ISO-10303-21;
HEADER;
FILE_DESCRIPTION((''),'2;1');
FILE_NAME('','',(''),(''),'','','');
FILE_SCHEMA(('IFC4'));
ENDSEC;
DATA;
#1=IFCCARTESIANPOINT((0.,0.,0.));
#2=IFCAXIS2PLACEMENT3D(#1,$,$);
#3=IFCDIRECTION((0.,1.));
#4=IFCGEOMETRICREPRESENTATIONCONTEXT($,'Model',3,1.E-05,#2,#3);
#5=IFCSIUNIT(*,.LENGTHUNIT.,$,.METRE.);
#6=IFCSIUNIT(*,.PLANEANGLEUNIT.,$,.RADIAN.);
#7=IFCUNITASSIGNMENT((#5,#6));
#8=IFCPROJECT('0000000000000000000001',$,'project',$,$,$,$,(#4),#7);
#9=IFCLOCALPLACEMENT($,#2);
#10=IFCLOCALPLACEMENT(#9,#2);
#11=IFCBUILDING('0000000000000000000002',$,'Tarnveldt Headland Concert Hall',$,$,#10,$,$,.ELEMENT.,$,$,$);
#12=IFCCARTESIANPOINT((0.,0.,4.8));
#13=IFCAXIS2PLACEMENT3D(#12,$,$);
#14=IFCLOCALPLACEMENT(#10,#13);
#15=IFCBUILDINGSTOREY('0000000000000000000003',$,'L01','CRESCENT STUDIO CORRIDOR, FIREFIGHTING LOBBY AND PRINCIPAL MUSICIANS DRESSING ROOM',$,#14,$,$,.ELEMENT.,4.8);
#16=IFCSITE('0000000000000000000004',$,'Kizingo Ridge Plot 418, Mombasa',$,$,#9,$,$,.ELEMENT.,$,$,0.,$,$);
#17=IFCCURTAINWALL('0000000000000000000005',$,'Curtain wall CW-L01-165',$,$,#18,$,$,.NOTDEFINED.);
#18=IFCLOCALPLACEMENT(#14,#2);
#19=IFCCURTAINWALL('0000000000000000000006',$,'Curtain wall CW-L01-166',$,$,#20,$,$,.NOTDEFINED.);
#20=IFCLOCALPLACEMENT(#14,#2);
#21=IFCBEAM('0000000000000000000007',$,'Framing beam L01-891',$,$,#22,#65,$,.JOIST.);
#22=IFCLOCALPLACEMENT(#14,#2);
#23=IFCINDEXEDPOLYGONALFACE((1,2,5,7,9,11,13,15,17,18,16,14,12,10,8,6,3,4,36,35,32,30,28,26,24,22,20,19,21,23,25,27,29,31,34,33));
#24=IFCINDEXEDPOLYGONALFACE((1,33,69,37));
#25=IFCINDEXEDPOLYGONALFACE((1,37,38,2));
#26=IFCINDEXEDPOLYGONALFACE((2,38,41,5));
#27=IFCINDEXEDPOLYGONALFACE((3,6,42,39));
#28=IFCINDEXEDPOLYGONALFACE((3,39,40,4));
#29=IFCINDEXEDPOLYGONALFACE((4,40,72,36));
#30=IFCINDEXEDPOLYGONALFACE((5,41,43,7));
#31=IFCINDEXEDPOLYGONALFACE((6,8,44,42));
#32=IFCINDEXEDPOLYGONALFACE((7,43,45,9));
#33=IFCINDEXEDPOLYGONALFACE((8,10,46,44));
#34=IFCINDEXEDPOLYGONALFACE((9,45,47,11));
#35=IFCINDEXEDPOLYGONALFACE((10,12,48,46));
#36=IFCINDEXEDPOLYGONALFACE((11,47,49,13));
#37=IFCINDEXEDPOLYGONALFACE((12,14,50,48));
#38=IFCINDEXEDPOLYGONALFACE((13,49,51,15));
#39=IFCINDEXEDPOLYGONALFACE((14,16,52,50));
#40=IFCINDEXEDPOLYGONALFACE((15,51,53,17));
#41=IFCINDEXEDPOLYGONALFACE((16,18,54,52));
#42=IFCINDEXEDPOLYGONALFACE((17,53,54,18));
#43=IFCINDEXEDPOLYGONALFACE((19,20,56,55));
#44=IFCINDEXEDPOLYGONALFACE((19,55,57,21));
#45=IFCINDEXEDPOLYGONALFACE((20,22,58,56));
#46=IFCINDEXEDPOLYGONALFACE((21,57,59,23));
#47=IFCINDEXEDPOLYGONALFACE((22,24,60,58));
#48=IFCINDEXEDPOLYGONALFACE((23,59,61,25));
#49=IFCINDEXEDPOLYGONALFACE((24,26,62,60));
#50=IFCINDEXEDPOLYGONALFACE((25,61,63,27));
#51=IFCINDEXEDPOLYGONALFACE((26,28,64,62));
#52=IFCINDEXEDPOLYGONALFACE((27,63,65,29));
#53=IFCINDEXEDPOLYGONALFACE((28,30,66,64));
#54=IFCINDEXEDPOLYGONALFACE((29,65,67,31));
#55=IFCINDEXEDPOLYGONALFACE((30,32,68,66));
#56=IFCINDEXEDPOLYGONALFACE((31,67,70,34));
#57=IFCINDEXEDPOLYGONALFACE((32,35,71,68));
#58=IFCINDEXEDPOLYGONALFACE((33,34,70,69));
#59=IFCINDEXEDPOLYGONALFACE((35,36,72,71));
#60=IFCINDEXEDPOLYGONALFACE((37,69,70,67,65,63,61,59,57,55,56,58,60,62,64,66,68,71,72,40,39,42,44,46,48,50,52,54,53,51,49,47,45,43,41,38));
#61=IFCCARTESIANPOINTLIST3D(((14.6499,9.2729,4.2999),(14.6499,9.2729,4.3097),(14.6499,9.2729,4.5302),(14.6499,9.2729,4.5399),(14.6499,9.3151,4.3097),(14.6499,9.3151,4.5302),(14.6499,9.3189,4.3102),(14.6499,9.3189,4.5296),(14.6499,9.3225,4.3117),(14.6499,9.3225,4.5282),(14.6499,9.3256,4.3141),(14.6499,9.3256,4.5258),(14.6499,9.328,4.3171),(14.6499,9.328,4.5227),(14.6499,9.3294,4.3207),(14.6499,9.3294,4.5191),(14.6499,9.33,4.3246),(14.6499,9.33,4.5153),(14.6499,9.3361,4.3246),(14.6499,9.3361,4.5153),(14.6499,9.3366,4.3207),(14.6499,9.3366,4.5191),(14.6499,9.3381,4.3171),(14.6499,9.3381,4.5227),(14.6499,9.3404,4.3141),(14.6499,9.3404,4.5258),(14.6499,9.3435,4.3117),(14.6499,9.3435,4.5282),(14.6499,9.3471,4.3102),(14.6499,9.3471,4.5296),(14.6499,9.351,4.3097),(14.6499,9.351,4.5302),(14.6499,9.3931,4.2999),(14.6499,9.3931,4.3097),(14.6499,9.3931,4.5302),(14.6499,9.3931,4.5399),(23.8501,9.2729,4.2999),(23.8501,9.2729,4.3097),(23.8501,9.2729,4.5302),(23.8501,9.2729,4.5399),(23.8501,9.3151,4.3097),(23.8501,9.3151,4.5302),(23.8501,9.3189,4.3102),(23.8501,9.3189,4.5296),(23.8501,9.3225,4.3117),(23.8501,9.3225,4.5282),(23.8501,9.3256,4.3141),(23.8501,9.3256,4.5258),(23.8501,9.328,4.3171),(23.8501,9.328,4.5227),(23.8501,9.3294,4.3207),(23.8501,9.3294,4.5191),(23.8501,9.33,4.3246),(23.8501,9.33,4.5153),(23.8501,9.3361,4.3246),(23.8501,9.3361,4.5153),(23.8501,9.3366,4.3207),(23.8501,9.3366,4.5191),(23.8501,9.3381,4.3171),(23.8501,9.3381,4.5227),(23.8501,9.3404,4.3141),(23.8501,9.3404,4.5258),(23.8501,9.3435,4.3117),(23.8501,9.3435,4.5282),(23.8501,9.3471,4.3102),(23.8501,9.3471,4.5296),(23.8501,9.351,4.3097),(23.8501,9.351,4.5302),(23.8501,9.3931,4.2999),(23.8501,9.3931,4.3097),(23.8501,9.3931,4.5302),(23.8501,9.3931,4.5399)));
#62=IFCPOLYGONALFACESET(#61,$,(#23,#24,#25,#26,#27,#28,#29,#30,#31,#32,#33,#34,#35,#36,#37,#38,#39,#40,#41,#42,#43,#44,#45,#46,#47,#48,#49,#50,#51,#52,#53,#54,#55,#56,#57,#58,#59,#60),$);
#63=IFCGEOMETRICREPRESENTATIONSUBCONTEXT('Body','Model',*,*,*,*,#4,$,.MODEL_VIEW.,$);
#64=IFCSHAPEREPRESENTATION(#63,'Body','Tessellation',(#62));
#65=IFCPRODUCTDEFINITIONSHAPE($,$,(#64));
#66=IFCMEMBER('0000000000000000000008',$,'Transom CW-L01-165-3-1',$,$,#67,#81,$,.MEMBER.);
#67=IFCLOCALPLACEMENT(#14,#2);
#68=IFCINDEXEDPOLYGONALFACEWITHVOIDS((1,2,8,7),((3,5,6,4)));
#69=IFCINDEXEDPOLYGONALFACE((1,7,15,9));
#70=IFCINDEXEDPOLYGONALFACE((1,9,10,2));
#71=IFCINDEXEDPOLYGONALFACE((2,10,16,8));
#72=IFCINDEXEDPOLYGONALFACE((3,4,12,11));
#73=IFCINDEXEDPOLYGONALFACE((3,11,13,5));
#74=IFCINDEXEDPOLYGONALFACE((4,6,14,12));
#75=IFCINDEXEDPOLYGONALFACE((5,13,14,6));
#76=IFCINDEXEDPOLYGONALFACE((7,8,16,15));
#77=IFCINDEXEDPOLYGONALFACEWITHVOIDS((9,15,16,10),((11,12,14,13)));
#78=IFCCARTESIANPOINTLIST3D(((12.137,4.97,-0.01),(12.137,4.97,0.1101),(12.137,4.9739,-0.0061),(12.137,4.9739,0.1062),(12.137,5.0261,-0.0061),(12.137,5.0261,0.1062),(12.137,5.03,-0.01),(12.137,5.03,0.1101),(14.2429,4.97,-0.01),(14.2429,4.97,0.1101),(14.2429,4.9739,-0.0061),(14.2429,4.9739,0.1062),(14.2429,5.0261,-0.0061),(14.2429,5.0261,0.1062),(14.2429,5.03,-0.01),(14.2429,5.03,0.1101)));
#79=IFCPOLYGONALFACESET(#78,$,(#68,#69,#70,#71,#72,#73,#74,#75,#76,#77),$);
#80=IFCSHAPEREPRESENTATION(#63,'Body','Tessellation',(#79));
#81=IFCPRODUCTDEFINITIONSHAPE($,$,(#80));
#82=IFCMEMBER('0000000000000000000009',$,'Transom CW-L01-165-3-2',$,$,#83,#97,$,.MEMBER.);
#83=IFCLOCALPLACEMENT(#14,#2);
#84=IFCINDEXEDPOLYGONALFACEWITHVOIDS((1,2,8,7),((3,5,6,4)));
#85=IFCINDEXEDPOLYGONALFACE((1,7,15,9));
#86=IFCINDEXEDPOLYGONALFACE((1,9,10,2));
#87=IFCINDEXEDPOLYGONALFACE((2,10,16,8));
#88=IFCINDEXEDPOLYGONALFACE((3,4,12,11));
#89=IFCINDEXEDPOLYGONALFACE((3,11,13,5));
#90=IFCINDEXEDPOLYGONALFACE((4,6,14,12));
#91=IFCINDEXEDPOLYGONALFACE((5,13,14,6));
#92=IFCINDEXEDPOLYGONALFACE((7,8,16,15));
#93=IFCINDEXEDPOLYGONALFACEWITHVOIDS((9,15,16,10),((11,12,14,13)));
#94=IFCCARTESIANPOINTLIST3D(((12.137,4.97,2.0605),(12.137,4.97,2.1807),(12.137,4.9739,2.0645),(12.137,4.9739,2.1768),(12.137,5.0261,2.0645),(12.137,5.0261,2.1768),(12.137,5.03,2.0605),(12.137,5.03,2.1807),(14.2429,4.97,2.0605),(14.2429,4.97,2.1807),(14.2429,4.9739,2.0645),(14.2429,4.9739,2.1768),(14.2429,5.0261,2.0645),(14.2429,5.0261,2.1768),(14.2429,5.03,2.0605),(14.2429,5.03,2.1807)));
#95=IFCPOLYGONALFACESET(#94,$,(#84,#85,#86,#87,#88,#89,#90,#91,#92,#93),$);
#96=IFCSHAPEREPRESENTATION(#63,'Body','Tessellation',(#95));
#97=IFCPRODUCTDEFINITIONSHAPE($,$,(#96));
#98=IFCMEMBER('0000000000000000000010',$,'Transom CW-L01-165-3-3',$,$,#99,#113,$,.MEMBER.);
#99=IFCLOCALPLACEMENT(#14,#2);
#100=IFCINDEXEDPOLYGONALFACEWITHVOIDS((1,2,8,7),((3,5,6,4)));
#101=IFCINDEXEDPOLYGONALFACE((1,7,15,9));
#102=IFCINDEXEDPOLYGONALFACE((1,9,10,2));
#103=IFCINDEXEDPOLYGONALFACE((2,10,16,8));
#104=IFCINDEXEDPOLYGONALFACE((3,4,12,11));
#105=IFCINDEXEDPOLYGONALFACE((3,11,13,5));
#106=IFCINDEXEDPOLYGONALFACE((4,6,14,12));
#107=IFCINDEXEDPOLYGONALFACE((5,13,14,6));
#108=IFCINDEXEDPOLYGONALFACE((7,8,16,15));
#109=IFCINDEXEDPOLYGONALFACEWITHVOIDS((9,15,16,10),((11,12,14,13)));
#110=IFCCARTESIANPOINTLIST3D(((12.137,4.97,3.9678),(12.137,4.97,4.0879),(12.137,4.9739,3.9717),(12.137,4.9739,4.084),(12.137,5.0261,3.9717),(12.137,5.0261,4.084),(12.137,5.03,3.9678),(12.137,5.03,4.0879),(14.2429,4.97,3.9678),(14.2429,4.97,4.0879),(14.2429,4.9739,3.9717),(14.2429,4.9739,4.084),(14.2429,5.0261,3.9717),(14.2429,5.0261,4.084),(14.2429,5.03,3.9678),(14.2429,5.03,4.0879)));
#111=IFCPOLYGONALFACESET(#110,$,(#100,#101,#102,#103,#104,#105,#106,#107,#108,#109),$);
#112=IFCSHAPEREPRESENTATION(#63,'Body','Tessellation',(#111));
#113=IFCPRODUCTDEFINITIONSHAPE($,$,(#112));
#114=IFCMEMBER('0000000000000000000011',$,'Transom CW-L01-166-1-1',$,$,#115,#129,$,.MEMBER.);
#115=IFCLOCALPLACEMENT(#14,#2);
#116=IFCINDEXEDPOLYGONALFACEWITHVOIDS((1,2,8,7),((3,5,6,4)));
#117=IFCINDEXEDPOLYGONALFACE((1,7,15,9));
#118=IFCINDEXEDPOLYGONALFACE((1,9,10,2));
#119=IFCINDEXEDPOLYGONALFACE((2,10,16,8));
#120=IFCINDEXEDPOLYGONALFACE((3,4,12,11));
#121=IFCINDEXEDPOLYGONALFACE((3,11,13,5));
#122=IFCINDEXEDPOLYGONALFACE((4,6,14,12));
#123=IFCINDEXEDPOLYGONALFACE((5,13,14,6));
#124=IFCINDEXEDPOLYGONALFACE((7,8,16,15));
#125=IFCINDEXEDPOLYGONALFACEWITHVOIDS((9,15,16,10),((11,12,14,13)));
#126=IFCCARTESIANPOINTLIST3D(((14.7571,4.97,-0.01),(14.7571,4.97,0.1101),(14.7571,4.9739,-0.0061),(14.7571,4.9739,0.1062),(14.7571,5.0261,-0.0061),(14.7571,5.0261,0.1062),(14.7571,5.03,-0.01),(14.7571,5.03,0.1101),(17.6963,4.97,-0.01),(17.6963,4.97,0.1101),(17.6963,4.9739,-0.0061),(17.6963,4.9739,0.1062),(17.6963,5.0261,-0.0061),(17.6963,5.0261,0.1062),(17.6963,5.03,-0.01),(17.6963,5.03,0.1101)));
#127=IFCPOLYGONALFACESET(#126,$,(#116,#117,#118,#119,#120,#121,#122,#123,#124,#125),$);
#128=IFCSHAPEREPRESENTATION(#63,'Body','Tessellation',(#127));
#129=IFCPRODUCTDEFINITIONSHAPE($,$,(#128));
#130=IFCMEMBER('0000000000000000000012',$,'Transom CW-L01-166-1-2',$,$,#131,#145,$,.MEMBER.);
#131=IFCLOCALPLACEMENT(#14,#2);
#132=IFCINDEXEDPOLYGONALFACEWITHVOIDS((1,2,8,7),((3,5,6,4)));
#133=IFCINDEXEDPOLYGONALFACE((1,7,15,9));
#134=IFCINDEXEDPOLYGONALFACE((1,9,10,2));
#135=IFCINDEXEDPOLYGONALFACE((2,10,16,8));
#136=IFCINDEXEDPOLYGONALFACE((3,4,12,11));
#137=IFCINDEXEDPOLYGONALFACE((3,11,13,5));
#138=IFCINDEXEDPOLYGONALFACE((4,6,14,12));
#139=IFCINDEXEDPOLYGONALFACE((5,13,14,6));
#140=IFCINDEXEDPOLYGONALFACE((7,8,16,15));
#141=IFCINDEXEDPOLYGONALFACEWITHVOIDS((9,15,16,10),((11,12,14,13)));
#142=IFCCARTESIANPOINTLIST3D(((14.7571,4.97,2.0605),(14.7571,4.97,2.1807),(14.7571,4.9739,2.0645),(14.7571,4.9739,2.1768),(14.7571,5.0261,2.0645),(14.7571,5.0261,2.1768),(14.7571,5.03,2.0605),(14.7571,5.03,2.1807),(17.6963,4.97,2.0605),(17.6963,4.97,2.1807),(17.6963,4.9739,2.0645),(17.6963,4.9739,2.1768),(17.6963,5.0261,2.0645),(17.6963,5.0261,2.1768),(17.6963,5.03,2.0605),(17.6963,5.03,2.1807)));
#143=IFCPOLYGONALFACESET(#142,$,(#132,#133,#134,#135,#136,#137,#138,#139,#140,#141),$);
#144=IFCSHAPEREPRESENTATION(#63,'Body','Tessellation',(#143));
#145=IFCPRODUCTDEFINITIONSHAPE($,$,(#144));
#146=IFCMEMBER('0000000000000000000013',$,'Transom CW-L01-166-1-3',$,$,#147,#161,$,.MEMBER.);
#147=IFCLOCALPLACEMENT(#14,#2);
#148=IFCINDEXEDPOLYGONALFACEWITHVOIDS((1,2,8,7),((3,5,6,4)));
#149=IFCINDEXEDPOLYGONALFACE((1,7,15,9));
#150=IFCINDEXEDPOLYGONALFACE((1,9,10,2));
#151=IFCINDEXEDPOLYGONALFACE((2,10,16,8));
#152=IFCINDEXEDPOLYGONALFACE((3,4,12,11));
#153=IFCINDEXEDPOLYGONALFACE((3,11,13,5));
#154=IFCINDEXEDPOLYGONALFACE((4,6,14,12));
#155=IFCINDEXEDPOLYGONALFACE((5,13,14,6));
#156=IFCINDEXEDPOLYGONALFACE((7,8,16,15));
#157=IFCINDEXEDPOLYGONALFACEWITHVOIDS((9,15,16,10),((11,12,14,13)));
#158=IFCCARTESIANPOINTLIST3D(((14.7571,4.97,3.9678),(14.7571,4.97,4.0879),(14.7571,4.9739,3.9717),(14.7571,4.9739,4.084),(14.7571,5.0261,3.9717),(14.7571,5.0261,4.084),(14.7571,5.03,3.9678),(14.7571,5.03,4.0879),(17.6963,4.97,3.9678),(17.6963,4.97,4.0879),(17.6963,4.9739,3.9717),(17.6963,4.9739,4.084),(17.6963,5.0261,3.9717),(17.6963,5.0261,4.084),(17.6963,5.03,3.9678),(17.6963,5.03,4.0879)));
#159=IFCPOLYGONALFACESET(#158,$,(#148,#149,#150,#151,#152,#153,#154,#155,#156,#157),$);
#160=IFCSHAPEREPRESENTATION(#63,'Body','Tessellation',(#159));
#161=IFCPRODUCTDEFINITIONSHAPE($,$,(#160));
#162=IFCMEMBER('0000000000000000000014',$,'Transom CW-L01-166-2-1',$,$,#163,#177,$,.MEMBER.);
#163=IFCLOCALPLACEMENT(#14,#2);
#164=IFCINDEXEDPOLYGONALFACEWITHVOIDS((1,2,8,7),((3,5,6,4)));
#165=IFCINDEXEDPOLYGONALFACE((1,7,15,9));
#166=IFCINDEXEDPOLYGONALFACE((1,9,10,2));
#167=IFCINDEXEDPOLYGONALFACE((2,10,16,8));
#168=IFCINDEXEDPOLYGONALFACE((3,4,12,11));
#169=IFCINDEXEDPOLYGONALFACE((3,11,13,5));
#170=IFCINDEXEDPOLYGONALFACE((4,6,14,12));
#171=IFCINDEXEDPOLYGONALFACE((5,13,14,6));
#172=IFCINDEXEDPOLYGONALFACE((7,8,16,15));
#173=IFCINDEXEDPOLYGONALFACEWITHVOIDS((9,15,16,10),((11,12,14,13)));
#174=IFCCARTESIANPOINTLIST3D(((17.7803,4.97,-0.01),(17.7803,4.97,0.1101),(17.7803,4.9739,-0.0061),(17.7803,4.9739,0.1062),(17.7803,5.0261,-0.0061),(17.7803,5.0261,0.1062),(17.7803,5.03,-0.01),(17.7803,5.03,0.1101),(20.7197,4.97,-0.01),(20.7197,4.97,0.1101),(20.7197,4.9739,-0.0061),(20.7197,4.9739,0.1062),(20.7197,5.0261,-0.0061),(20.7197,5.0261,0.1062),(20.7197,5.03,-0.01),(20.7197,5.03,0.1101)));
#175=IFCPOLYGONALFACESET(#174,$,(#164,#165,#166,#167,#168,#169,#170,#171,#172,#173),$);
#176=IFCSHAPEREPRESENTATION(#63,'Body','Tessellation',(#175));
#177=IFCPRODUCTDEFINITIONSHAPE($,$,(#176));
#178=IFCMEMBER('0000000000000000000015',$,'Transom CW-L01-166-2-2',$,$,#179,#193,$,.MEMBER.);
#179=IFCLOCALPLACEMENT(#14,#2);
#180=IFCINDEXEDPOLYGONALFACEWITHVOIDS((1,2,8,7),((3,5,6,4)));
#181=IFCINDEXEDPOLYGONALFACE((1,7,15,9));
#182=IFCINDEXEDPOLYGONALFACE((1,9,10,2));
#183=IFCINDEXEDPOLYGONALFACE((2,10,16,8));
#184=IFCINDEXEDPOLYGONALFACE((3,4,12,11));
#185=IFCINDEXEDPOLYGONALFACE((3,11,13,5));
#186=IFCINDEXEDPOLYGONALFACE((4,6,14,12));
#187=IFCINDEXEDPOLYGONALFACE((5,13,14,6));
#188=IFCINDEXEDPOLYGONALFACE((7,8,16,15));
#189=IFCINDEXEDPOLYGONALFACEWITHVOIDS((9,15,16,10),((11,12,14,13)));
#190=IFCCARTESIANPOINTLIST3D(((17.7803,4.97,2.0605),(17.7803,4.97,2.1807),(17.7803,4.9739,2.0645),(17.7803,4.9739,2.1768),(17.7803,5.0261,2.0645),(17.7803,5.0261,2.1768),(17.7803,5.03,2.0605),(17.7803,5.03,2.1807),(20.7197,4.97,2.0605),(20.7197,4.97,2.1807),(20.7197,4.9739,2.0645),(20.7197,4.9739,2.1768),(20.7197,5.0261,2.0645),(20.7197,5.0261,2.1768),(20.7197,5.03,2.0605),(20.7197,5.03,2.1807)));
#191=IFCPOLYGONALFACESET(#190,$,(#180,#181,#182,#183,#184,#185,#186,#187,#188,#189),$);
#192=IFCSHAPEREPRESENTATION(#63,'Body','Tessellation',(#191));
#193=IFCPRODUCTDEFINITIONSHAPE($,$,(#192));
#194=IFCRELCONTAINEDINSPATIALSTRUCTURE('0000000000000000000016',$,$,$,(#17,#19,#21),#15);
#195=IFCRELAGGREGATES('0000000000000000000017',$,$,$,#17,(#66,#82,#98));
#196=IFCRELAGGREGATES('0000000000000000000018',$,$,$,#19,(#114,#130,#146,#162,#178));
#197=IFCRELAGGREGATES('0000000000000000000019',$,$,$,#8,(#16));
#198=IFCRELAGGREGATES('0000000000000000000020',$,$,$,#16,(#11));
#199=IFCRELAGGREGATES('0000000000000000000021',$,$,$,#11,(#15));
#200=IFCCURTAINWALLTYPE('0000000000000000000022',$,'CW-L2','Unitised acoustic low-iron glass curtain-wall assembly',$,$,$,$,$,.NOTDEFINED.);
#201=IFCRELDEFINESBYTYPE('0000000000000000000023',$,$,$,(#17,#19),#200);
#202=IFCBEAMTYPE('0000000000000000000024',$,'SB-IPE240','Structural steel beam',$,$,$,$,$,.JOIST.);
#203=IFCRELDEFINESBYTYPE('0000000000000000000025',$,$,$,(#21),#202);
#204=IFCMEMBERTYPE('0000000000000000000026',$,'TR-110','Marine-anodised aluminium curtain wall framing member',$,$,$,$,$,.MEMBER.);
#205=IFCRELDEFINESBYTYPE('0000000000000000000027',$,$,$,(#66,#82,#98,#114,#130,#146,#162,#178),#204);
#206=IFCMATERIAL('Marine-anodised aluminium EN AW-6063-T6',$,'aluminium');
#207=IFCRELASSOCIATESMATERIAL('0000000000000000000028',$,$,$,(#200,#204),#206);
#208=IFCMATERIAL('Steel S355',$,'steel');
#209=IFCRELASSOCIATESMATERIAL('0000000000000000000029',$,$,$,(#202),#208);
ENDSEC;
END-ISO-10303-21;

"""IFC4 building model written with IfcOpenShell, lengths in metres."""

from ifc_helpers import new_model, si_unit, direction, frame, origin, origin_2d, place, context, subcontext, project, spatial, hollow_rectangle, i_section, extrude, material, material_profile, profile_set, type_object, element, aggregate, save


model = new_model("IFC4")

# Units and contexts
model_context = context("Model", 3, precision=1e-05, world=origin(), true_north=direction((0.0, 1.0)))
body_context = subcontext(model_context, "Body", "Model", "MODEL_VIEW")
ifc_project = project(units=[si_unit("LENGTHUNIT", "METRE"), si_unit("PLANEANGLEUNIT", "RADIAN")], contexts=[model_context])

# Site, building, storey
site_placement = place(None, origin())
site = spatial("IfcSite", under=ifc_project, at=site_placement, Name="Kizingo Ridge Plot 418, Mombasa", CompositionType="ELEMENT", RefElevation=0.0)
building_placement = place(site_placement, origin())
building = spatial("IfcBuilding", under=site, at=building_placement, Name="Tarnveldt Headland Concert Hall", CompositionType="ELEMENT")
storey_placement = place(building_placement, frame((0.0, 0.0, 4.8)))
storey = spatial("IfcBuildingStorey", under=building, at=storey_placement, Name="L01", Description="CRESCENT STUDIO CORRIDOR, FIREFIGHTING LOBBY AND PRINCIPAL MUSICIANS DRESSING ROOM", CompositionType="ELEMENT", Elevation=4.8)

# Shared definitions
ifc_material_1 = material(Name="Steel S355", Category="steel")

# Curtain walls
ifc_material_2 = material(Name="Marine-anodised aluminium EN AW-6063-T6", Category="aluminium")
curtain_wall_type = type_object("IfcCurtainWallType", Name="CW-L2", Description="Unitised acoustic low-iron glass curtain-wall assembly", PredefinedType="NOTDEFINED", material=ifc_material_2)
curtain_wall_1_placement = place(storey_placement, origin())
curtain_wall_1 = element("IfcCurtainWall", 1, at=curtain_wall_1_placement, inside=storey, type_object=curtain_wall_type, Name="Curtain wall CW-L01-165", PredefinedType="NOTDEFINED")
curtain_wall_2_placement = place(storey_placement, origin())
curtain_wall_2 = element("IfcCurtainWall", 2, at=curtain_wall_2_placement, inside=storey, type_object=curtain_wall_type, Name="Curtain wall CW-L01-166", PredefinedType="NOTDEFINED")

# Beam
ifc_material_profile_1 = material_profile(ifc_material_1, i_section(OverallWidth=0.1201, OverallDepth=0.24, WebThickness=0.0061, FlangeThickness=0.0098, FilletRadius=0.0149, at=origin_2d()), Name="IPE240", Category="steel")
ifc_profile_set_1 = profile_set([ifc_material_profile_1], Name="Steel S355")
beam_type_1 = type_object("IfcBeamType", Name="SB-IPE240", Description="Structural steel beam", PredefinedType="JOIST", material=ifc_profile_set_1)
for number, where, z_axis, x_axis, name in (
    (3, (14.6499, 9.333, 4.4199), (1.0, 0.0, 0.0), (0.0, 1.0, 0.0), "Framing beam L01-891"),
):
    element("IfcBeam", number, at=place(storey_placement, frame(where, z_axis=z_axis, x_axis=x_axis)), inside=storey, type_object=beam_type_1, Name=name, PredefinedType="JOIST", context=body_context, shape_type="SweptSolid", body=[
        extrude(i_section(OverallWidth=0.1201, OverallDepth=0.24, WebThickness=0.0061, FlangeThickness=0.0098, FilletRadius=0.0149, at=origin_2d()), origin(), (0.0, 0.0, 1.0), 9.2002),
    ])

# Members
ifc_material_profile_2 = material_profile(ifc_material_2, hollow_rectangle(XDim=0.0601, YDim=0.1201, WallThickness=0.0039, at=origin_2d()), Name="ALU TRANSOM 60x120x4", Category="aluminium")
ifc_profile_set_2 = profile_set([ifc_material_profile_2], Name="Marine-anodised aluminium EN AW-6063-T6")
member_type_1 = type_object("IfcMemberType", Name="TR-110", Description="Marine-anodised aluminium curtain wall framing member", PredefinedType="MEMBER", material=ifc_profile_set_2)
member_1_placement = place(storey_placement, frame((12.137, 5.0, 0.05), z_axis=(1.0, 0.0, 0.0), x_axis=(0.0, 1.0, 0.0)))
member_1 = element("IfcMember", 4, at=member_1_placement, type_object=member_type_1, Name="Transom CW-L01-165-3-1", PredefinedType="MEMBER", context=body_context, shape_type="SweptSolid", body=[
    extrude(hollow_rectangle(XDim=0.0601, YDim=0.1201, WallThickness=0.0039, at=origin_2d()), origin(), (0.0, 0.0, 1.0), 2.106),
])
member_2_placement = place(storey_placement, frame((12.137, 5.0, 2.1206), z_axis=(1.0, 0.0, 0.0), x_axis=(0.0, 1.0, 0.0)))
member_2 = element("IfcMember", 5, at=member_2_placement, type_object=member_type_1, Name="Transom CW-L01-165-3-2", PredefinedType="MEMBER", context=body_context, shape_type="SweptSolid", body=[
    extrude(hollow_rectangle(XDim=0.0601, YDim=0.1201, WallThickness=0.0039, at=origin_2d()), origin(), (0.0, 0.0, 1.0), 2.106),
])
member_3_placement = place(storey_placement, frame((12.137, 5.0, 4.0278), z_axis=(1.0, 0.0, 0.0), x_axis=(0.0, 1.0, 0.0)))
member_3 = element("IfcMember", 6, at=member_3_placement, type_object=member_type_1, Name="Transom CW-L01-165-3-3", PredefinedType="MEMBER", context=body_context, shape_type="SweptSolid", body=[
    extrude(hollow_rectangle(XDim=0.0601, YDim=0.1201, WallThickness=0.0039, at=origin_2d()), origin(), (0.0, 0.0, 1.0), 2.106),
])
member_4_placement = place(storey_placement, frame((14.7571, 5.0, 0.05), z_axis=(1.0, 0.0, 0.0), x_axis=(0.0, 1.0, 0.0)))
member_4 = element("IfcMember", 7, at=member_4_placement, type_object=member_type_1, Name="Transom CW-L01-166-1-1", PredefinedType="MEMBER", context=body_context, shape_type="SweptSolid", body=[
    extrude(hollow_rectangle(XDim=0.0601, YDim=0.1201, WallThickness=0.0039, at=origin_2d()), origin(), (0.0, 0.0, 1.0), 2.9392),
])
member_5_placement = place(storey_placement, frame((14.7571, 5.0, 2.1206), z_axis=(1.0, 0.0, 0.0), x_axis=(0.0, 1.0, 0.0)))
member_5 = element("IfcMember", 8, at=member_5_placement, type_object=member_type_1, Name="Transom CW-L01-166-1-2", PredefinedType="MEMBER", context=body_context, shape_type="SweptSolid", body=[
    extrude(hollow_rectangle(XDim=0.0601, YDim=0.1201, WallThickness=0.0039, at=origin_2d()), origin(), (0.0, 0.0, 1.0), 2.9392),
])
member_6_placement = place(storey_placement, frame((14.7571, 5.0, 4.0278), z_axis=(1.0, 0.0, 0.0), x_axis=(0.0, 1.0, 0.0)))
member_6 = element("IfcMember", 9, at=member_6_placement, type_object=member_type_1, Name="Transom CW-L01-166-1-3", PredefinedType="MEMBER", context=body_context, shape_type="SweptSolid", body=[
    extrude(hollow_rectangle(XDim=0.0601, YDim=0.1201, WallThickness=0.0039, at=origin_2d()), origin(), (0.0, 0.0, 1.0), 2.9392),
])
member_7_placement = place(storey_placement, frame((17.7803, 5.0, 0.05), z_axis=(1.0, 0.0, 0.0), x_axis=(0.0, 1.0, 0.0)))
member_7 = element("IfcMember", 10, at=member_7_placement, type_object=member_type_1, Name="Transom CW-L01-166-2-1", PredefinedType="MEMBER", context=body_context, shape_type="SweptSolid", body=[
    extrude(hollow_rectangle(XDim=0.0601, YDim=0.1201, WallThickness=0.0039, at=origin_2d()), origin(), (0.0, 0.0, 1.0), 2.9395),
])
member_8_placement = place(storey_placement, frame((17.7803, 5.0, 2.1206), z_axis=(1.0, 0.0, 0.0), x_axis=(0.0, 1.0, 0.0)))
member_8 = element("IfcMember", 11, at=member_8_placement, type_object=member_type_1, Name="Transom CW-L01-166-2-2", PredefinedType="MEMBER", context=body_context, shape_type="SweptSolid", body=[
    extrude(hollow_rectangle(XDim=0.0601, YDim=0.1201, WallThickness=0.0039, at=origin_2d()), origin(), (0.0, 0.0, 1.0), 2.9395),
])

aggregate(curtain_wall_1, [member_1, member_2, member_3])
aggregate(curtain_wall_2, [member_4, member_5, member_6, member_7, member_8])

save(model, "model.ifc")
